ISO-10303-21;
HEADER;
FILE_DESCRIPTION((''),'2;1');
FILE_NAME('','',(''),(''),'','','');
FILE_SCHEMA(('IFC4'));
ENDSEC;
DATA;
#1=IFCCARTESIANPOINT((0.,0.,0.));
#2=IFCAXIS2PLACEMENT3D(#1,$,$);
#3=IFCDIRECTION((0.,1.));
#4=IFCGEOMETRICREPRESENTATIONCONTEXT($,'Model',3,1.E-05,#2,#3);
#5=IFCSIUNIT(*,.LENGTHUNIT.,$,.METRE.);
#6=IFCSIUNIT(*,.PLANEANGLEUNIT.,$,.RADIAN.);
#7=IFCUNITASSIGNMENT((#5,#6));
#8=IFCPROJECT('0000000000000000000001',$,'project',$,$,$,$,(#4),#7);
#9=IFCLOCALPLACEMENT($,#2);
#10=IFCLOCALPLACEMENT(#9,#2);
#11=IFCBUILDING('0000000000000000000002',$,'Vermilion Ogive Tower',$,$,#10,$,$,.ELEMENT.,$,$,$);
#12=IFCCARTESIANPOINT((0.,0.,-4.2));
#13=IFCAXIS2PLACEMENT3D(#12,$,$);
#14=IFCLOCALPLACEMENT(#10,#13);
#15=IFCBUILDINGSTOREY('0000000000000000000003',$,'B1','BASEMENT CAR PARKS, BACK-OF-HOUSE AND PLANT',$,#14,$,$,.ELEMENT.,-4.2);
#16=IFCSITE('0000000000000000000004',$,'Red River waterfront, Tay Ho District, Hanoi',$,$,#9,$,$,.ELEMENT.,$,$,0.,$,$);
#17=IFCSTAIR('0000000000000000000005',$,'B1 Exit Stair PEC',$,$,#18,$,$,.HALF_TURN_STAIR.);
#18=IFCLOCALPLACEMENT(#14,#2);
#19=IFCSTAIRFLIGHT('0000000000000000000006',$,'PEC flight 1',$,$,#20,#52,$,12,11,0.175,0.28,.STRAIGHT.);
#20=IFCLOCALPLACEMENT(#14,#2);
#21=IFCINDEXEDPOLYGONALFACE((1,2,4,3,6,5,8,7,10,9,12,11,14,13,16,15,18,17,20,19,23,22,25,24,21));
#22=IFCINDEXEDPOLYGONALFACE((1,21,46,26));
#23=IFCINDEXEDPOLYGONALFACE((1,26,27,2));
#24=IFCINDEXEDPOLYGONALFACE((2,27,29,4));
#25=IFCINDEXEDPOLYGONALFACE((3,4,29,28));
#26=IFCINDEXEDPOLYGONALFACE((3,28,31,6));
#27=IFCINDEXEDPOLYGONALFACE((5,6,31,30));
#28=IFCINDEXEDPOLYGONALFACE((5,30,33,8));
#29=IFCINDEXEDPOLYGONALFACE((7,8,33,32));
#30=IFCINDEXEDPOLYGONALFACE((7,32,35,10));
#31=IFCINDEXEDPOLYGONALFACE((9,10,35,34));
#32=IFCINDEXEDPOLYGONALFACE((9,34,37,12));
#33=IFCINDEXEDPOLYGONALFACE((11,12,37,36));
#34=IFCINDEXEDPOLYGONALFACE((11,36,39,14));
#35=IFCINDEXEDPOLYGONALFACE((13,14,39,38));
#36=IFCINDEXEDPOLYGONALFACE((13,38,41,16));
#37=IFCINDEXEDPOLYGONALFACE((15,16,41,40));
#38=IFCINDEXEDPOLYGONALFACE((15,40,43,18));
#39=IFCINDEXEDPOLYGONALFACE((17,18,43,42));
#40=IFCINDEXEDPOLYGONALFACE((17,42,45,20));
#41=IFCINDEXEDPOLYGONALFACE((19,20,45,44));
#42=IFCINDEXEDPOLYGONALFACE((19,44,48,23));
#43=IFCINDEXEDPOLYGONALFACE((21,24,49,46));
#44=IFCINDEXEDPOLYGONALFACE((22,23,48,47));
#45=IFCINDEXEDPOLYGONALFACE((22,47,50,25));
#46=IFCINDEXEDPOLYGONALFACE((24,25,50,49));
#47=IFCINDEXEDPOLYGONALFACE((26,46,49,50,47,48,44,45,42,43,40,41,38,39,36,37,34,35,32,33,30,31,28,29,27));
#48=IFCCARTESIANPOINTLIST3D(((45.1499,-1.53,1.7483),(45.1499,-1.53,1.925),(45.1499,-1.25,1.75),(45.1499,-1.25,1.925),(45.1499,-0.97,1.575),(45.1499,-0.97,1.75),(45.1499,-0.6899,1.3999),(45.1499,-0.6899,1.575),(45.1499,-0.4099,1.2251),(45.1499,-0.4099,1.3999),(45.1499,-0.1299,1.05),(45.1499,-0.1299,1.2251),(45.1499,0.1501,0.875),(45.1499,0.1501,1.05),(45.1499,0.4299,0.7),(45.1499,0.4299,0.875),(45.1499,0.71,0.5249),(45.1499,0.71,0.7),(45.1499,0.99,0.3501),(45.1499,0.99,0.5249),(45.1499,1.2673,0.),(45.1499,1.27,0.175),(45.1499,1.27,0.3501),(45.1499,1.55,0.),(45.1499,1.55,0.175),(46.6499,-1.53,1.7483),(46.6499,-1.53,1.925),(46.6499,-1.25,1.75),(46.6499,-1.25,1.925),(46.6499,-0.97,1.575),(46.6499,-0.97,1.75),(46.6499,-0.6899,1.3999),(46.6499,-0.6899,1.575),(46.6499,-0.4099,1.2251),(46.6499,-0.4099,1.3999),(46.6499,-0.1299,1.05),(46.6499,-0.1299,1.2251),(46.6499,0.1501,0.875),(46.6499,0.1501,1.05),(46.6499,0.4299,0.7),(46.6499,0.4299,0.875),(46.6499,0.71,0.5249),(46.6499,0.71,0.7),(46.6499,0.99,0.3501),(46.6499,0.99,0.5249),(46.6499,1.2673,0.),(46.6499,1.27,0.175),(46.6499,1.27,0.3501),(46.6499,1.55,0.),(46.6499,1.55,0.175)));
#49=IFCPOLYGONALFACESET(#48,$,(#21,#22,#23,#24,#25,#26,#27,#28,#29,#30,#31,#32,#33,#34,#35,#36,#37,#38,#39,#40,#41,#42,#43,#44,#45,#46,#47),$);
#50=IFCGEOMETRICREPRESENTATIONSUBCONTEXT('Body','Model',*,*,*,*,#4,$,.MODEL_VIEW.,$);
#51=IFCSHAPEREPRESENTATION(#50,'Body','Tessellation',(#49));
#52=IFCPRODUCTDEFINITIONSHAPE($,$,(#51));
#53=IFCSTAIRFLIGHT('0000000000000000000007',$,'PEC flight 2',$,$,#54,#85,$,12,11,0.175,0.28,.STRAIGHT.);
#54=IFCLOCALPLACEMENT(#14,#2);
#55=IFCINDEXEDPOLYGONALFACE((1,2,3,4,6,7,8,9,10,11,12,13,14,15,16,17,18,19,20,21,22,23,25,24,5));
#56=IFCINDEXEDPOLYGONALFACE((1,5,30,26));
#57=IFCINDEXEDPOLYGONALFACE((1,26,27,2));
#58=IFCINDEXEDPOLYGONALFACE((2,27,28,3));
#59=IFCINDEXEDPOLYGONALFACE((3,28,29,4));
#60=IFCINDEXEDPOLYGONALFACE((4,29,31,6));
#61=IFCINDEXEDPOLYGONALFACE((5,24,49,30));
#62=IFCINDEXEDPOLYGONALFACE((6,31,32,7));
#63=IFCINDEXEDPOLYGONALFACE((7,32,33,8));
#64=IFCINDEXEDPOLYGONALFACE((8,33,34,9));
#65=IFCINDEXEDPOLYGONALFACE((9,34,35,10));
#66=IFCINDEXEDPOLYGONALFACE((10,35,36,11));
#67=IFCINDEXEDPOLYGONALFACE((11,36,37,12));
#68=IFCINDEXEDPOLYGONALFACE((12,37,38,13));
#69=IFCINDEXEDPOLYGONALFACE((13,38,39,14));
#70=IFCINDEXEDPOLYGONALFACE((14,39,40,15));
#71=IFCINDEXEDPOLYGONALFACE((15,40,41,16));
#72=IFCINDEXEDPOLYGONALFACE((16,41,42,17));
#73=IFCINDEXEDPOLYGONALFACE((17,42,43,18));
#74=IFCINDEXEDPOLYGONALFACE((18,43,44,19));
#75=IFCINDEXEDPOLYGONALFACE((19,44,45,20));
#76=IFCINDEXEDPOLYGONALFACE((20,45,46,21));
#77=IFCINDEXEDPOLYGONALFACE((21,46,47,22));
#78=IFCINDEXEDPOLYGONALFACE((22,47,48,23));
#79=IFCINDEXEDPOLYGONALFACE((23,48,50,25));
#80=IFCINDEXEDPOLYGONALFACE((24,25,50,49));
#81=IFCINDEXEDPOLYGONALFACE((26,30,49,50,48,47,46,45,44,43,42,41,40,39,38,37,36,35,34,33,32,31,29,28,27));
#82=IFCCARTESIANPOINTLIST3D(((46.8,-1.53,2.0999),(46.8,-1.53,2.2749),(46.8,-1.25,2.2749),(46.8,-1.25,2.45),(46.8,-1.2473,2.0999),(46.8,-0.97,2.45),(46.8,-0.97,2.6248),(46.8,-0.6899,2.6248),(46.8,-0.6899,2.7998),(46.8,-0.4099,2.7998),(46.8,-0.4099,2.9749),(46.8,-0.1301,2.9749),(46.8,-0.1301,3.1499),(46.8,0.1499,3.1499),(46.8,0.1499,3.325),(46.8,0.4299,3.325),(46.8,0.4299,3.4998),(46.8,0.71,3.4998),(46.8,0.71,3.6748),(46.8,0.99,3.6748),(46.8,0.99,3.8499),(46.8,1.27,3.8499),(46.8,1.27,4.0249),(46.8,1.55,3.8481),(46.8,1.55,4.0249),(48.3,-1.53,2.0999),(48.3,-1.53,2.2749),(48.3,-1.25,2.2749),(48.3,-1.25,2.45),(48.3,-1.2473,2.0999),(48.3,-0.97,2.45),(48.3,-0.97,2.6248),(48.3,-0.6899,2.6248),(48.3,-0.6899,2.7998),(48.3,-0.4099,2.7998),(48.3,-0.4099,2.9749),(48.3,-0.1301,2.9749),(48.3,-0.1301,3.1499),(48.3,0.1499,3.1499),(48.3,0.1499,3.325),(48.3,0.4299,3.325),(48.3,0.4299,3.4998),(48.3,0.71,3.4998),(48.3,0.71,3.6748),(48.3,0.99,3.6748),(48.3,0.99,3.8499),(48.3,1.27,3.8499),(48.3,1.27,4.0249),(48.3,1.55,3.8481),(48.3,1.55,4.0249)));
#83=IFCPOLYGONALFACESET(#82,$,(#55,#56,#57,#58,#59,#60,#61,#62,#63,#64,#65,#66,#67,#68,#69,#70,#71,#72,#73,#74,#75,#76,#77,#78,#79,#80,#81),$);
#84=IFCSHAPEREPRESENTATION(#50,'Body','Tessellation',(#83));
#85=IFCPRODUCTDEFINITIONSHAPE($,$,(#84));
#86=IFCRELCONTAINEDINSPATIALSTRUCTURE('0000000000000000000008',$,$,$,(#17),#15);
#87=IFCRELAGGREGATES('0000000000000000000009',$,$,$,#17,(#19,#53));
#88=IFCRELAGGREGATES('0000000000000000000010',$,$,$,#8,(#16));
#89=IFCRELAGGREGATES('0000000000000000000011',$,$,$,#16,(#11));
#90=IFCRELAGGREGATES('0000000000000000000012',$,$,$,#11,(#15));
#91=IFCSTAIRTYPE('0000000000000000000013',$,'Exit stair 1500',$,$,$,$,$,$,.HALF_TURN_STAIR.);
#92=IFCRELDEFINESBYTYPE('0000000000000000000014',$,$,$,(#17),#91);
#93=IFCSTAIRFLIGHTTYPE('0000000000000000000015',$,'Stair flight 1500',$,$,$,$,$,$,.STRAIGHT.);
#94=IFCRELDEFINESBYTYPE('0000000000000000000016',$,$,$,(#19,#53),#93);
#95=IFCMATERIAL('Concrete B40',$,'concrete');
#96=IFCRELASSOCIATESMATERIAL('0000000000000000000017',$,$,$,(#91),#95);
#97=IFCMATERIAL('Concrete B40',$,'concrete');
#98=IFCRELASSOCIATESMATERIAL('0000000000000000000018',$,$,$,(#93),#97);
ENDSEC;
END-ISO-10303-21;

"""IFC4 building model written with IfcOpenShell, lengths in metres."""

from ifc_helpers import new_model, si_unit, direction, frame, origin, place, context, subcontext, project, spatial, polyline, outline, extrude, material, type_object, element, aggregate, save


model = new_model("IFC4")

# Units and contexts
model_context = context("Model", 3, precision=1e-05, world=origin(), true_north=direction((0.0, 1.0)))
body_context = subcontext(model_context, "Body", "Model", "MODEL_VIEW")
ifc_project = project(units=[si_unit("LENGTHUNIT", "METRE"), si_unit("PLANEANGLEUNIT", "RADIAN")], contexts=[model_context])

# Site, building, storey
site_placement = place(None, origin())
site = spatial("IfcSite", under=ifc_project, at=site_placement, Name="Red River waterfront, Tay Ho District, Hanoi", CompositionType="ELEMENT", RefElevation=0.0)
building_placement = place(site_placement, origin())
building = spatial("IfcBuilding", under=site, at=building_placement, Name="Vermilion Ogive Tower", CompositionType="ELEMENT")
storey_placement = place(building_placement, frame((0.0, 0.0, -4.2)))
storey = spatial("IfcBuildingStorey", under=building, at=storey_placement, Name="B1", Description="BASEMENT CAR PARKS, BACK-OF-HOUSE AND PLANT", CompositionType="ELEMENT", Elevation=-4.2)

# Stair, stair flights
ifc_material_1 = material(Name="Concrete B40", Category="concrete")
stair_type = type_object("IfcStairType", Name="Exit stair 1500", PredefinedType="HALF_TURN_STAIR", material=ifc_material_1)
stair_placement = place(storey_placement, origin())
stair = element("IfcStair", 1, at=stair_placement, inside=storey, type_object=stair_type, Name="B1 Exit Stair PEC", PredefinedType="HALF_TURN_STAIR")
ifc_material_2 = material(Name="Concrete B40", Category="concrete")
stair_flight_type = type_object("IfcStairFlightType", Name="Stair flight 1500", PredefinedType="STRAIGHT", material=ifc_material_2)
stair_flight_1_placement = place(storey_placement, frame((45.8999, 1.55, 0.0), z_axis=(0.0, 0.0, 1.0), x_axis=(0.0, -1.0, 0.0)))
stair_flight_1 = element("IfcStairFlight", 2, at=stair_flight_1_placement, type_object=stair_flight_type, Name="PEC flight 1", NumberOfRisers=12, NumberOfTreads=11, PredefinedType="STRAIGHT", RiserHeight=0.175, TreadLength=0.28, context=body_context, shape_type="SweptSolid", body=[
    extrude(outline(polyline([(0.0, 0.0), (0.0, 0.175), (0.28, 0.175), (0.28, 0.3501), (0.5601, 0.3501), (0.5601, 0.5249), (0.8401, 0.5249), (0.8401, 0.7), (1.1201, 0.7), (1.1201, 0.875), (1.3999, 0.875), (1.3999, 1.05), (1.6799, 1.05), (1.6799, 1.2251), (1.96, 1.2251), (1.96, 1.3999), (2.24, 1.3999), (2.24, 1.575), (2.52, 1.575), (2.52, 1.75), (2.8, 1.75), (2.8, 1.925), (3.0801, 1.925), (3.0801, 2.1001), (3.0801, 1.7483), (0.2827, 0.0), (0.0, 0.0)])), frame((0.0, 0.75, 0.0), z_axis=(0.0, -1.0, 0.0), x_axis=(1.0, 0.0, 0.0)), (0.0, 0.0, 1.0), 1.5),
])
stair_flight_2_placement = place(storey_placement, frame((47.55, -1.53, 2.0999), z_axis=(0.0, 0.0, 1.0), x_axis=(0.0, 1.0, 0.0)))
stair_flight_2 = element("IfcStairFlight", 3, at=stair_flight_2_placement, type_object=stair_flight_type, Name="PEC flight 2", NumberOfRisers=12, NumberOfTreads=11, PredefinedType="STRAIGHT", RiserHeight=0.175, TreadLength=0.28, context=body_context, shape_type="SweptSolid", body=[
    extrude(outline(polyline([(0.0, 0.0), (0.0, 0.175), (0.28, 0.175), (0.28, 0.3501), (0.5601, 0.3501), (0.5601, 0.5249), (0.8401, 0.5249), (0.8401, 0.7), (1.1201, 0.7), (1.1201, 0.875), (1.3999, 0.875), (1.3999, 1.05), (1.6799, 1.05), (1.6799, 1.2251), (1.96, 1.2251), (1.96, 1.3999), (2.24, 1.3999), (2.24, 1.575), (2.52, 1.575), (2.52, 1.75), (2.8, 1.75), (2.8, 1.925), (3.0801, 1.925), (3.0801, 2.1001), (3.0801, 1.7483), (0.2827, 0.0), (0.0, 0.0)])), frame((0.0, 0.75, 0.0), z_axis=(0.0, -1.0, 0.0), x_axis=(1.0, 0.0, 0.0)), (0.0, 0.0, 1.0), 1.5),
])
aggregate(stair, [stair_flight_1, stair_flight_2])

save(model, "model.ifc")
